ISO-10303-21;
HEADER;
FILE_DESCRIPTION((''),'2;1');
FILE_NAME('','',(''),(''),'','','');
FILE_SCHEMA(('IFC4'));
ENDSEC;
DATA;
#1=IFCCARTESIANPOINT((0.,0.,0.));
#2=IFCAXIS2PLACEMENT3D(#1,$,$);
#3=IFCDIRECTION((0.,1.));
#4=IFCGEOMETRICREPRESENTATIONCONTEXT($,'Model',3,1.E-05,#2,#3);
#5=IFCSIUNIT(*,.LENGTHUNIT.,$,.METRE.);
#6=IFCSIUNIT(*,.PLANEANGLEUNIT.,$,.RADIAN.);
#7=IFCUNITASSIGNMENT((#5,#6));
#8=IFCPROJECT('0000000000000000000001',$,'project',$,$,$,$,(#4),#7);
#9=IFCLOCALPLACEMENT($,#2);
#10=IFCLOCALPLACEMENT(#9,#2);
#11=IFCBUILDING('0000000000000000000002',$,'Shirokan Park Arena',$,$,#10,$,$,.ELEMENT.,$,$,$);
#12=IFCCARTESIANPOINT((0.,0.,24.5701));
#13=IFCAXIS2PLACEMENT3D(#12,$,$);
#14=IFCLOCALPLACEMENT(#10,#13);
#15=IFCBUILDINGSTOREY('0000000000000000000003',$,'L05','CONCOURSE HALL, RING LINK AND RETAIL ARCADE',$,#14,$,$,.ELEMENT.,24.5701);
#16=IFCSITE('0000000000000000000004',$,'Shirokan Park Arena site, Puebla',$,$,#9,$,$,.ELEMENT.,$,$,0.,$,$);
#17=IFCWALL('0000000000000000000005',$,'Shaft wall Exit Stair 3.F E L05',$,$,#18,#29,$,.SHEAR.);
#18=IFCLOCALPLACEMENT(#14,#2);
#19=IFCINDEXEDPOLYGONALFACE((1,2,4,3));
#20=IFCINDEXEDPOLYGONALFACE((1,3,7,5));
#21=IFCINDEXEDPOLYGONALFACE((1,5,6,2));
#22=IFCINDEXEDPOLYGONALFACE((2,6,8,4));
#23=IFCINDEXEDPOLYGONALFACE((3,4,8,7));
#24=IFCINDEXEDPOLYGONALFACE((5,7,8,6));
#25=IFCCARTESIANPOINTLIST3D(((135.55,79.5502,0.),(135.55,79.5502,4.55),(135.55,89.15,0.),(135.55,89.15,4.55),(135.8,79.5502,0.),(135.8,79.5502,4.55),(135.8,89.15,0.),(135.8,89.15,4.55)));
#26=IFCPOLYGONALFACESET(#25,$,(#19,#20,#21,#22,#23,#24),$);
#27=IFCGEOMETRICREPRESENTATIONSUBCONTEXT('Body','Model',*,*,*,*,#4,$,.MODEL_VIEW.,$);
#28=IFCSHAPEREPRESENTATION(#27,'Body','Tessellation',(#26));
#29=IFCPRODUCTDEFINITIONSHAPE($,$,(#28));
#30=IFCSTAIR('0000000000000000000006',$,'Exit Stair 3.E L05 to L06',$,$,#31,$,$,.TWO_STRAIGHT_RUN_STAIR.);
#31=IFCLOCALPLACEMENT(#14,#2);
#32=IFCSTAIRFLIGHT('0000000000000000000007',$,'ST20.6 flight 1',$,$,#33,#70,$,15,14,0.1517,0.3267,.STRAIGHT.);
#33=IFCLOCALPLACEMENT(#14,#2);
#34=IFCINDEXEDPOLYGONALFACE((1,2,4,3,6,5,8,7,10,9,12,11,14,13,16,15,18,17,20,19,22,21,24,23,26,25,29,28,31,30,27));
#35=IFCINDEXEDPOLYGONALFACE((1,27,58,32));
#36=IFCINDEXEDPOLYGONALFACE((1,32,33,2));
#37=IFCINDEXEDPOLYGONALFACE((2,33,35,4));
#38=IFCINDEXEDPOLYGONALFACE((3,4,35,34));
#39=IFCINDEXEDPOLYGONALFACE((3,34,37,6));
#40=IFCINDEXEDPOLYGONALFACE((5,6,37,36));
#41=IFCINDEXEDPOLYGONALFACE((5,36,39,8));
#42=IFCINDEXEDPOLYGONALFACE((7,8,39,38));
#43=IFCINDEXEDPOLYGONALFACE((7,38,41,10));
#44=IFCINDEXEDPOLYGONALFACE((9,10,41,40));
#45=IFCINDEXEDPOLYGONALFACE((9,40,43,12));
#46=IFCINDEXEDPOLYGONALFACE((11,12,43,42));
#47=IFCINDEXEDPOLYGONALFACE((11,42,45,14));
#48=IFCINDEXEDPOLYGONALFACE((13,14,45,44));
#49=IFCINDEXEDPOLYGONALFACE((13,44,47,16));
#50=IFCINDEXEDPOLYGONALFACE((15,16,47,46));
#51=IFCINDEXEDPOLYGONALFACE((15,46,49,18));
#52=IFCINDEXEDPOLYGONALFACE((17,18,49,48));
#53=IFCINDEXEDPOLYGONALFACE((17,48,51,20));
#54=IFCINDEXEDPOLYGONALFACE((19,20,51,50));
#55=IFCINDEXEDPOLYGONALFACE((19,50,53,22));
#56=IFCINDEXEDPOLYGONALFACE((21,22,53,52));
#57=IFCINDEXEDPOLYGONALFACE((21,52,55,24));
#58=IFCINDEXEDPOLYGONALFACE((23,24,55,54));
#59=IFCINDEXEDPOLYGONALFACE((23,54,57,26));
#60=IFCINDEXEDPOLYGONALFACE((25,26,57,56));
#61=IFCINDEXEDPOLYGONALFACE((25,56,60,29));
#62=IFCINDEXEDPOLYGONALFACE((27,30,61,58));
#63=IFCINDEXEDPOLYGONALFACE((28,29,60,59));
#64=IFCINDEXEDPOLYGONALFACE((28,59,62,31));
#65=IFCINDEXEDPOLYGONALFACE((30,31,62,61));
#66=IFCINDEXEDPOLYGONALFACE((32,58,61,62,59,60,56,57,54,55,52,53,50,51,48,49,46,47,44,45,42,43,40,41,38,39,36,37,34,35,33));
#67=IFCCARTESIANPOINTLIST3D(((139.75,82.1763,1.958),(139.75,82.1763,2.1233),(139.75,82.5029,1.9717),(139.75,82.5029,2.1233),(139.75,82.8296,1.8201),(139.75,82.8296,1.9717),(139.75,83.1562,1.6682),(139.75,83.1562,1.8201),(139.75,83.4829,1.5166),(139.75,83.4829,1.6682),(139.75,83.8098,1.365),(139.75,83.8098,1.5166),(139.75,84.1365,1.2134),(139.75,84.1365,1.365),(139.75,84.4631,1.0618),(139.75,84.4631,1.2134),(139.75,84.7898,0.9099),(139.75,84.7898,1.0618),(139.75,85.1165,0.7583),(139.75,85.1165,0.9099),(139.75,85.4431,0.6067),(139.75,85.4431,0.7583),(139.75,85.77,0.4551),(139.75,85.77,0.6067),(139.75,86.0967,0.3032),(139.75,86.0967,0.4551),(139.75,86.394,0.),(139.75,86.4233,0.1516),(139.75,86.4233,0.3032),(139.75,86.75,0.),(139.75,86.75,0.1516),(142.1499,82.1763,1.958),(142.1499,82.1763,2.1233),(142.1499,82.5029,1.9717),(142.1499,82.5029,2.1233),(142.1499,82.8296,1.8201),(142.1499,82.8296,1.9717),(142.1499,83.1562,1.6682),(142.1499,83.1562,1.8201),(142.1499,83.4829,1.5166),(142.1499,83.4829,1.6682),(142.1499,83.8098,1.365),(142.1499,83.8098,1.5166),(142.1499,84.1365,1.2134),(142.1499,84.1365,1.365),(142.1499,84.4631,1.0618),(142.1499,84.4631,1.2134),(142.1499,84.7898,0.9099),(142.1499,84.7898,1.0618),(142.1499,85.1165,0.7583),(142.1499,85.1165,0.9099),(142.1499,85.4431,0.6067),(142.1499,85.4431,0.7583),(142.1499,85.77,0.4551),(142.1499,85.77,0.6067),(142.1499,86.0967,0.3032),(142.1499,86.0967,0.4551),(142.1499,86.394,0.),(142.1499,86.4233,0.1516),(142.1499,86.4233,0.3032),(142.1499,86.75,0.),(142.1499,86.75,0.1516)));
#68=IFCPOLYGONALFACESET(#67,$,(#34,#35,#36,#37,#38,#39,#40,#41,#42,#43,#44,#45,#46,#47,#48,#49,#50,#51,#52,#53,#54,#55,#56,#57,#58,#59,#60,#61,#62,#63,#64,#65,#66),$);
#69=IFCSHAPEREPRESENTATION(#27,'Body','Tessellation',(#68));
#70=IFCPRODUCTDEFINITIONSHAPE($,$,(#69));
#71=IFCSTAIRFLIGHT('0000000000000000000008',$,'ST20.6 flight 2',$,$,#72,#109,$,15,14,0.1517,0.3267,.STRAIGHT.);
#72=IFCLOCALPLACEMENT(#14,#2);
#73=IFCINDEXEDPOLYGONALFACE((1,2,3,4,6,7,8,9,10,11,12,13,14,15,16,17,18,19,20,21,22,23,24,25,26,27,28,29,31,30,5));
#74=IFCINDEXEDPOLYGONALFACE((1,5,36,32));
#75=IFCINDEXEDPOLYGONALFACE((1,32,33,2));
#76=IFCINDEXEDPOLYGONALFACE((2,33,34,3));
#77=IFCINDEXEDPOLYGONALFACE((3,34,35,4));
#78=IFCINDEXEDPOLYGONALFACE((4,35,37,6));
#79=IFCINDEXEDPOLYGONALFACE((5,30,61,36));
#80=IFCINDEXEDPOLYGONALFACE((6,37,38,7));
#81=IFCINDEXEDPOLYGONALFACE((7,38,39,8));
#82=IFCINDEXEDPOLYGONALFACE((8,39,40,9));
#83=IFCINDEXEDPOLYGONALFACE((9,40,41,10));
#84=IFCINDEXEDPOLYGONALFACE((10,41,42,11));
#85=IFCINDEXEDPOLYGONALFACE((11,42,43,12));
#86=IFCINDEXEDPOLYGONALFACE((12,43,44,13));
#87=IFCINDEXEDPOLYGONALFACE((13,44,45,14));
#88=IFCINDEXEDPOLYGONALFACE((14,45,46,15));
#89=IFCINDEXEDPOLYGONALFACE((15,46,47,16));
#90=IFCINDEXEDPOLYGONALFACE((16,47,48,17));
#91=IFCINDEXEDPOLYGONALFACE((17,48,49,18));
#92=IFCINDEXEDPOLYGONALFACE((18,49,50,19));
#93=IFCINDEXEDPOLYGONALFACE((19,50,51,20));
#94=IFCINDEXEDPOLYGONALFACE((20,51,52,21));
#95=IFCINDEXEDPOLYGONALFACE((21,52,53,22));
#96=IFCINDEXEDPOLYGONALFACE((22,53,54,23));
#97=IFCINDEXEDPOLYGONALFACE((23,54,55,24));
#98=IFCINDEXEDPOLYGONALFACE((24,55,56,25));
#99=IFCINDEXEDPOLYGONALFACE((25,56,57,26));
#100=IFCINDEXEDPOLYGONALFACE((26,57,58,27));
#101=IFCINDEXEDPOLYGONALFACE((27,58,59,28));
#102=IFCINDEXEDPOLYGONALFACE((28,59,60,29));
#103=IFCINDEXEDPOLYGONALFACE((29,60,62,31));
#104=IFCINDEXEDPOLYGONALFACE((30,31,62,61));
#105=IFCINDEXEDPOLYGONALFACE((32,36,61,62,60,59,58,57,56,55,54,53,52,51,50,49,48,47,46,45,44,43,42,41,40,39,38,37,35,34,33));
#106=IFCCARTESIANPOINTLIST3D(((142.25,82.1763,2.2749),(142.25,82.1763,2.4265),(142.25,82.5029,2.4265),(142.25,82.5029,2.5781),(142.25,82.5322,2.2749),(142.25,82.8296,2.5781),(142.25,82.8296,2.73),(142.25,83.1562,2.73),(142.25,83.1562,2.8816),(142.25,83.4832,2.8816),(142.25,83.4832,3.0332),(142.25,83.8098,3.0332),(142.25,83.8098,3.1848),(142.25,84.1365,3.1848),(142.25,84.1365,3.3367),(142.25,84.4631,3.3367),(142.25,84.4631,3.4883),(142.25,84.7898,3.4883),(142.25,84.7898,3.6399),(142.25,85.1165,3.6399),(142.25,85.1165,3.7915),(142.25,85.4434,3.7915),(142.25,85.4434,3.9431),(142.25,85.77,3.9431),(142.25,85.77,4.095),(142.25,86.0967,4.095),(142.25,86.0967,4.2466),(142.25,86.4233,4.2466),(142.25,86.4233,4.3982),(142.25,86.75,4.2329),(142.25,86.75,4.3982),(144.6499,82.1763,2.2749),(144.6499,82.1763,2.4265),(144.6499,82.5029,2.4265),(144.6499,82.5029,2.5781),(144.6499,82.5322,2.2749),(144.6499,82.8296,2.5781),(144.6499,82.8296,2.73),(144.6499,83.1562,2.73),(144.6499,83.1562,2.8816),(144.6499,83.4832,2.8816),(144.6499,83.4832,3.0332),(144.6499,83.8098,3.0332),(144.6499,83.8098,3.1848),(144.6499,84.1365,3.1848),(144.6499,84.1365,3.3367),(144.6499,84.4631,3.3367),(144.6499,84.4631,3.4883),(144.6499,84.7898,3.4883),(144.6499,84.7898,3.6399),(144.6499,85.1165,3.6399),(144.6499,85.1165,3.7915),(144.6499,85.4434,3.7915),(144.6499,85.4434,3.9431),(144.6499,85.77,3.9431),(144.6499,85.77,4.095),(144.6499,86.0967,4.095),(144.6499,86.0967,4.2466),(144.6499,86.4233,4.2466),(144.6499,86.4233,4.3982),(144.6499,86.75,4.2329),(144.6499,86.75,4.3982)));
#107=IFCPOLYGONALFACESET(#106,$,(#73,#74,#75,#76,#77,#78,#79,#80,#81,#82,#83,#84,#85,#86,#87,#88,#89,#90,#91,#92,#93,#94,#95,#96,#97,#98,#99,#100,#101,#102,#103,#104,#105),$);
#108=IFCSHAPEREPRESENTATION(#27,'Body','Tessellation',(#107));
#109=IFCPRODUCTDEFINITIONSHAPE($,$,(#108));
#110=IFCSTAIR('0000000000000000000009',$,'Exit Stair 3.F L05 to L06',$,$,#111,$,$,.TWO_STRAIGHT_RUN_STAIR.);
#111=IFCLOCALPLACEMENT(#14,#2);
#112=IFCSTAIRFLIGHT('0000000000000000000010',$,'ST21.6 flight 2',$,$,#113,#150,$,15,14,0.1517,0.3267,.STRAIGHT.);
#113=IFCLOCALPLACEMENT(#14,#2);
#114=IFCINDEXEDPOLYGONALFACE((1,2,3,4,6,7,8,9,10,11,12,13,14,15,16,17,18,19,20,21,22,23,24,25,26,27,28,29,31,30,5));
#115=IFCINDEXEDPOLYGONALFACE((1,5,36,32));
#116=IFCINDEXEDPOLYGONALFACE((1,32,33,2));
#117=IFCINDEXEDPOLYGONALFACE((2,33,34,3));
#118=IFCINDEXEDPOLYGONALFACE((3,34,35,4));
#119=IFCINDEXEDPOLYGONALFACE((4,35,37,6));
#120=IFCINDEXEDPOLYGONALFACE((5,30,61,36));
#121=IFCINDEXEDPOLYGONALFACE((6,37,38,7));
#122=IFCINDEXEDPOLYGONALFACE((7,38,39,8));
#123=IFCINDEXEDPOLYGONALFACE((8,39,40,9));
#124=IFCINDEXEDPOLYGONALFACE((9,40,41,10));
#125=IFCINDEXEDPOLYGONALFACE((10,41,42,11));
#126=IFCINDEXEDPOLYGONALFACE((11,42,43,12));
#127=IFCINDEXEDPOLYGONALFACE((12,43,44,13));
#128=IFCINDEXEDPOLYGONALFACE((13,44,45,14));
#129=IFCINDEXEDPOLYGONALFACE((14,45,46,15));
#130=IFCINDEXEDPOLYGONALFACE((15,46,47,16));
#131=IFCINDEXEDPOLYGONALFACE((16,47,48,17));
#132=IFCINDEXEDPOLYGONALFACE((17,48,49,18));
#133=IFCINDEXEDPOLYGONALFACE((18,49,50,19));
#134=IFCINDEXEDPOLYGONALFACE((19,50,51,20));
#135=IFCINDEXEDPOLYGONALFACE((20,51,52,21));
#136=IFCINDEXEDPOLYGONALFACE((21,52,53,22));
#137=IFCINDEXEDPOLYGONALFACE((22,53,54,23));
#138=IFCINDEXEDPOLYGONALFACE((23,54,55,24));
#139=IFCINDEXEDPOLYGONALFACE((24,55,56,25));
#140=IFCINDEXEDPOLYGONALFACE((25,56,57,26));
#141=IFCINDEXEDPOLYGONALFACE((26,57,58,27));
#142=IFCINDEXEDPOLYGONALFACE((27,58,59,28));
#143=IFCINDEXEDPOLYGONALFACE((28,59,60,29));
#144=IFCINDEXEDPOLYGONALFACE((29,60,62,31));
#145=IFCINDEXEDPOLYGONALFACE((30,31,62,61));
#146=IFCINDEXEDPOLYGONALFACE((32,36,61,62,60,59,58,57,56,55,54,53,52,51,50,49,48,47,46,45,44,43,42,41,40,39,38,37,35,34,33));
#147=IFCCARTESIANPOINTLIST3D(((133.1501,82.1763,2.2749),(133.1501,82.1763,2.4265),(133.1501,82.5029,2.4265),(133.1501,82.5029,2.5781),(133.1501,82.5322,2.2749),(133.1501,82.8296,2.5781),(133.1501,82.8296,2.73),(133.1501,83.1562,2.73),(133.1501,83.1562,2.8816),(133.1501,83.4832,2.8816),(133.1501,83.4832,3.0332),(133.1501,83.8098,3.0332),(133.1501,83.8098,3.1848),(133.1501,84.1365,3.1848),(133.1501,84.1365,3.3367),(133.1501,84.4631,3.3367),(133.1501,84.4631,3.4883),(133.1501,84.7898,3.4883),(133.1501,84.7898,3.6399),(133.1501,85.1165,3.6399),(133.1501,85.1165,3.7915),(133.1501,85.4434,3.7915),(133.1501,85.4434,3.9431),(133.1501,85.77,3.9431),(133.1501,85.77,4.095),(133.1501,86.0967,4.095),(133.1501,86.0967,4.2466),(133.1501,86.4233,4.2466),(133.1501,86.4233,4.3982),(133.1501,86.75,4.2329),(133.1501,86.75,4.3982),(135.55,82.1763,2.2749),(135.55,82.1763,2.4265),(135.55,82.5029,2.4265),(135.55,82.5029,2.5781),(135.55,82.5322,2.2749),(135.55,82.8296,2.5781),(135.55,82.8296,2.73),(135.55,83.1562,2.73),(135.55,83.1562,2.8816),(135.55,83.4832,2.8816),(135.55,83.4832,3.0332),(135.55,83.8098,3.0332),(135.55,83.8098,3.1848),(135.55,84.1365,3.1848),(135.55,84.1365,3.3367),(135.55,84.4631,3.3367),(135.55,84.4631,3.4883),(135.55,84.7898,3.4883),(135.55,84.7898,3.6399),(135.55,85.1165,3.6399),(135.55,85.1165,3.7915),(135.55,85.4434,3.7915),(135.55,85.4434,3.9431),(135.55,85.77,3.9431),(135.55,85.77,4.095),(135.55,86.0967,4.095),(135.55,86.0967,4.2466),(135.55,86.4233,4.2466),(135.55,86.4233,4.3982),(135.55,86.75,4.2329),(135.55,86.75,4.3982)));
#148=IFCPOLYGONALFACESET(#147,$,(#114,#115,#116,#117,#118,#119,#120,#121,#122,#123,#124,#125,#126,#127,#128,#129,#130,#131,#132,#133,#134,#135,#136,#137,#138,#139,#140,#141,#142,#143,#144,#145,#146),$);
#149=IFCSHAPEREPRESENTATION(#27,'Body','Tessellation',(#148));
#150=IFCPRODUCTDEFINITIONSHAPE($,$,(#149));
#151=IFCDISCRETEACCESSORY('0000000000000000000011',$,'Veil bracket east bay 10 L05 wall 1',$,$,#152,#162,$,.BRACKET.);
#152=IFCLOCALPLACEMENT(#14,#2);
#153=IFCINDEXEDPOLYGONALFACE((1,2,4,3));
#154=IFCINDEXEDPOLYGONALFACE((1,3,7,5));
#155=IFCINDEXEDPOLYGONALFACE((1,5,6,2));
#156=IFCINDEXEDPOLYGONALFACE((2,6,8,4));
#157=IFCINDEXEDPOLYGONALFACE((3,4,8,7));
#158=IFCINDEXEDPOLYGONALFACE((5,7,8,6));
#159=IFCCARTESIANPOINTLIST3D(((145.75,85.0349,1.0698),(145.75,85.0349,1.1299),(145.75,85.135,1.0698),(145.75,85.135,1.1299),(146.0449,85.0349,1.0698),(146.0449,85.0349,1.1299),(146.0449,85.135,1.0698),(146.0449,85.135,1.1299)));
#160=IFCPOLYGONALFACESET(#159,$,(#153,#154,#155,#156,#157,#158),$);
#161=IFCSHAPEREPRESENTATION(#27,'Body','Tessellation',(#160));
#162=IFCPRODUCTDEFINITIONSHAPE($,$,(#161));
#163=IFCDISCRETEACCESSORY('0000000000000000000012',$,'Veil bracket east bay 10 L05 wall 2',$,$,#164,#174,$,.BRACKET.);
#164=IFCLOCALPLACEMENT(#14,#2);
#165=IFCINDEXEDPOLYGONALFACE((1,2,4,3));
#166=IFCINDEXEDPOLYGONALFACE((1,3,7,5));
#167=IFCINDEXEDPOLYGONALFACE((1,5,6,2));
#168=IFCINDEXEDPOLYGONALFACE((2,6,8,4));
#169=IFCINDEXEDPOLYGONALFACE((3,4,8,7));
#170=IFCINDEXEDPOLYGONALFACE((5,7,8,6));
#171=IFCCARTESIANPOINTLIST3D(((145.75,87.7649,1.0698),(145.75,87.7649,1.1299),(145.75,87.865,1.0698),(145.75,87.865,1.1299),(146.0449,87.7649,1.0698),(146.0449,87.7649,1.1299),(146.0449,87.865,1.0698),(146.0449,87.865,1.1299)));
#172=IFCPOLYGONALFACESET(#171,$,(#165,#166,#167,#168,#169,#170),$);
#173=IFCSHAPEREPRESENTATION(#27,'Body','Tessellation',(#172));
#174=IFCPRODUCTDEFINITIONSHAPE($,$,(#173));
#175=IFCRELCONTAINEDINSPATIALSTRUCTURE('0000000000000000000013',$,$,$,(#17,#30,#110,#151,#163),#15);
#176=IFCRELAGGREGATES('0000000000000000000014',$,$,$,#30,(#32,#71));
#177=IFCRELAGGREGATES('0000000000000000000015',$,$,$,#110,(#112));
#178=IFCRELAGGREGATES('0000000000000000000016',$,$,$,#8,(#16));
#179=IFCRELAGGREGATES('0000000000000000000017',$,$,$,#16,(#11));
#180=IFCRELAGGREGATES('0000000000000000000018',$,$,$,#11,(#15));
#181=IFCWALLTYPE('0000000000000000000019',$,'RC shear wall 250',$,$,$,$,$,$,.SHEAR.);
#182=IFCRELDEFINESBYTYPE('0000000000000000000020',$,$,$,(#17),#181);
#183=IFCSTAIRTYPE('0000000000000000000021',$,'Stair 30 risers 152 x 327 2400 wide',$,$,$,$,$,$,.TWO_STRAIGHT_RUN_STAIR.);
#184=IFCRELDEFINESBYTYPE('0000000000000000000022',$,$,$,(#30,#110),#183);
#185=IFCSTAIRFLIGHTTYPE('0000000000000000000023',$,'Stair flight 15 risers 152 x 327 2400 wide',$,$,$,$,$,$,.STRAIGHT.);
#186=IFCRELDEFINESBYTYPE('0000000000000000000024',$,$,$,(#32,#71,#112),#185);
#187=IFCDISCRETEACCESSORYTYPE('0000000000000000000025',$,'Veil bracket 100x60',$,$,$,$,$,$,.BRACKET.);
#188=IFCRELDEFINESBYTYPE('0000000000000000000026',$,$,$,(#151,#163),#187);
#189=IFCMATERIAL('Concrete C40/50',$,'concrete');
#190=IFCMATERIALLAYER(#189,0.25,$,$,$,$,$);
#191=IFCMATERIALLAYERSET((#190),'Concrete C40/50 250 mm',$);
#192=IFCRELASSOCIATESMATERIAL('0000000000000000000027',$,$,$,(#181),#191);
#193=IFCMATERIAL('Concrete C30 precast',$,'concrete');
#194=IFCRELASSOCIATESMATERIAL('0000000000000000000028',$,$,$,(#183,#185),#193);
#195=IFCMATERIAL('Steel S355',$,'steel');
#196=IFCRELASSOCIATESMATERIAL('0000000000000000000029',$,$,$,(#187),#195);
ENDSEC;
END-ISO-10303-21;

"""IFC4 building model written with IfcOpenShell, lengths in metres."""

from ifc_helpers import new_model, si_unit, direction, frame, frame_2d, origin, origin_2d, place, context, subcontext, project, spatial, polyline, rectangle, outline, extrude, material, layer, layer_set, type_object, element, aggregate, save


model = new_model("IFC4")

# Units and contexts
model_context = context("Model", 3, precision=1e-05, world=origin(), true_north=direction((0.0, 1.0)))
body_context = subcontext(model_context, "Body", "Model", "MODEL_VIEW")
ifc_project = project(units=[si_unit("LENGTHUNIT", "METRE"), si_unit("PLANEANGLEUNIT", "RADIAN")], contexts=[model_context])

# Site, building, storey
site_placement = place(None, origin())
site = spatial("IfcSite", under=ifc_project, at=site_placement, Name="Shirokan Park Arena site, Puebla", CompositionType="ELEMENT", RefElevation=0.0)
building_placement = place(site_placement, origin())
building = spatial("IfcBuilding", under=site, at=building_placement, Name="Shirokan Park Arena", CompositionType="ELEMENT")
storey_placement = place(building_placement, frame((0.0, 0.0, 24.5701)))
storey = spatial("IfcBuildingStorey", under=building, at=storey_placement, Name="L05", Description="CONCOURSE HALL, RING LINK AND RETAIL ARCADE", CompositionType="ELEMENT", Elevation=24.5701)

# Shared definitions
ifc_material_1 = material(Name="Concrete C40/50", Category="concrete")
ifc_layer_1 = layer(ifc_material_1, 0.25)
ifc_layer_set_1 = layer_set([ifc_layer_1], Name="Concrete C40/50 250 mm")
wall_type_1 = type_object("IfcWallType", Name="RC shear wall 250", PredefinedType="SHEAR", material=ifc_layer_set_1)

# Wall
wall_1_placement = place(storey_placement, frame((135.675, 89.1499, 0.0), z_axis=(0.0, 0.0, 1.0), x_axis=(0.0, -1.0, 0.0)))
element("IfcWall", 1, at=wall_1_placement, inside=storey, type_object=wall_type_1, Name="Shaft wall Exit Stair 3.F E L05", PredefinedType="SHEAR", context=body_context, shape_type="SweptSolid", body=[
    extrude(rectangle(XDim=9.5999, YDim=0.25, at=frame_2d((4.7998, 0.0))), origin(), (0.0, 0.0, 1.0), 4.55),
])

# Stair, stair flights
ifc_material_2 = material(Name="Concrete C30 precast", Category="concrete")
stair_type = type_object("IfcStairType", Name="Stair 30 risers 152 x 327 2400 wide", PredefinedType="TWO_STRAIGHT_RUN_STAIR", material=ifc_material_2)
stair_1_placement = place(storey_placement, origin())
stair_1 = element("IfcStair", 2, at=stair_1_placement, inside=storey, type_object=stair_type, Name="Exit Stair 3.E L05 to L06", PredefinedType="TWO_STRAIGHT_RUN_STAIR")
stair_flight_type = type_object("IfcStairFlightType", Name="Stair flight 15 risers 152 x 327 2400 wide", PredefinedType="STRAIGHT", material=ifc_material_2)
stair_flight_1_placement = place(storey_placement, frame((140.95, 86.75, 0.0), z_axis=(0.0, 0.0, 1.0), x_axis=(0.0, -1.0, 0.0)))
stair_flight_1 = element("IfcStairFlight", 3, at=stair_flight_1_placement, type_object=stair_flight_type, Name="ST20.6 flight 1", NumberOfRisers=15, NumberOfTreads=14, PredefinedType="STRAIGHT", RiserHeight=0.1517, TreadLength=0.3267, context=body_context, shape_type="SweptSolid", body=[
    extrude(outline(polyline([(0.0, 0.0), (0.0, 0.1516), (0.3267, 0.1516), (0.3267, 0.3032), (0.6533, 0.3032), (0.6533, 0.4551), (0.98, 0.4551), (0.98, 0.6067), (1.3069, 0.6067), (1.3069, 0.7583), (1.6335, 0.7583), (1.6335, 0.9099), (1.9602, 0.9099), (1.9602, 1.0618), (2.2869, 1.0618), (2.2869, 1.2134), (2.6135, 1.2134), (2.6135, 1.365), (2.9402, 1.365), (2.9402, 1.5166), (3.2671, 1.5166), (3.2671, 1.6682), (3.5938, 1.6682), (3.5938, 1.8201), (3.9204, 1.8201), (3.9204, 1.9717), (4.2471, 1.9717), (4.2471, 2.1233), (4.5737, 2.1233), (4.5737, 2.2749), (4.5737, 1.958), (0.356, 0.0), (0.0, 0.0)])), frame((0.0, 1.2, 0.0), z_axis=(0.0, -1.0, 0.0), x_axis=(1.0, 0.0, 0.0)), (0.0, 0.0, 1.0), 2.3999),
])
stair_flight_2_placement = place(storey_placement, frame((143.45, 82.1763, 2.2749), z_axis=(0.0, 0.0, 1.0), x_axis=(0.0, 1.0, 0.0)))
stair_flight_2 = element("IfcStairFlight", 4, at=stair_flight_2_placement, type_object=stair_flight_type, Name="ST20.6 flight 2", NumberOfRisers=15, NumberOfTreads=14, PredefinedType="STRAIGHT", RiserHeight=0.1517, TreadLength=0.3267, context=body_context, shape_type="SweptSolid", body=[
    extrude(outline(polyline([(0.0, 0.0), (0.0, 0.1516), (0.3267, 0.1516), (0.3267, 0.3032), (0.6533, 0.3032), (0.6533, 0.4551), (0.98, 0.4551), (0.98, 0.6067), (1.3069, 0.6067), (1.3069, 0.7583), (1.6335, 0.7583), (1.6335, 0.9099), (1.9602, 0.9099), (1.9602, 1.0618), (2.2869, 1.0618), (2.2869, 1.2134), (2.6135, 1.2134), (2.6135, 1.365), (2.9402, 1.365), (2.9402, 1.5166), (3.2671, 1.5166), (3.2671, 1.6682), (3.5938, 1.6682), (3.5938, 1.8201), (3.9204, 1.8201), (3.9204, 1.9717), (4.2471, 1.9717), (4.2471, 2.1233), (4.5737, 2.1233), (4.5737, 2.2749), (4.5737, 1.958), (0.356, 0.0), (0.0, 0.0)])), frame((0.0, 1.2, 0.0), z_axis=(0.0, -1.0, 0.0), x_axis=(1.0, 0.0, 0.0)), (0.0, 0.0, 1.0), 2.3999),
])
aggregate(stair_1, [stair_flight_1, stair_flight_2])

# Stair, stair flight
stair_2_placement = place(storey_placement, origin())
stair_2 = element("IfcStair", 5, at=stair_2_placement, inside=storey, type_object=stair_type, Name="Exit Stair 3.F L05 to L06", PredefinedType="TWO_STRAIGHT_RUN_STAIR")
stair_flight_3_placement = place(storey_placement, frame((134.3501, 82.1763, 2.2749), z_axis=(0.0, 0.0, 1.0), x_axis=(0.0, 1.0, 0.0)))
stair_flight_3 = element("IfcStairFlight", 6, at=stair_flight_3_placement, type_object=stair_flight_type, Name="ST21.6 flight 2", NumberOfRisers=15, NumberOfTreads=14, PredefinedType="STRAIGHT", RiserHeight=0.1517, TreadLength=0.3267, context=body_context, shape_type="SweptSolid", body=[
    extrude(outline(polyline([(0.0, 0.0), (0.0, 0.1516), (0.3267, 0.1516), (0.3267, 0.3032), (0.6533, 0.3032), (0.6533, 0.4551), (0.98, 0.4551), (0.98, 0.6067), (1.3069, 0.6067), (1.3069, 0.7583), (1.6335, 0.7583), (1.6335, 0.9099), (1.9602, 0.9099), (1.9602, 1.0618), (2.2869, 1.0618), (2.2869, 1.2134), (2.6135, 1.2134), (2.6135, 1.365), (2.9402, 1.365), (2.9402, 1.5166), (3.2671, 1.5166), (3.2671, 1.6682), (3.5938, 1.6682), (3.5938, 1.8201), (3.9204, 1.8201), (3.9204, 1.9717), (4.2471, 1.9717), (4.2471, 2.1233), (4.5737, 2.1233), (4.5737, 2.2749), (4.5737, 1.958), (0.356, 0.0), (0.0, 0.0)])), frame((0.0, 1.2, 0.0), z_axis=(0.0, -1.0, 0.0), x_axis=(1.0, 0.0, 0.0)), (0.0, 0.0, 1.0), 2.3999),
])
aggregate(stair_2, [stair_flight_3])

# Discrete accessories
ifc_material_3 = material(Name="Steel S355", Category="steel")
discrete_accessory_type = type_object("IfcDiscreteAccessoryType", Name="Veil bracket 100x60", PredefinedType="BRACKET", material=ifc_material_3)
for number, where, z_axis, x_axis, name in (
    (7, (145.8975, 85.085, 1.0698), (0.0, 0.0, 1.0), (0.0, 1.0, 0.0), "Veil bracket east bay 10 L05 wall 1"),
    (8, (145.8975, 87.8149, 1.0698), (0.0, 0.0, 1.0), (0.0, 1.0, 0.0), "Veil bracket east bay 10 L05 wall 2"),
):
    element("IfcDiscreteAccessory", number, at=place(storey_placement, frame(where, z_axis=z_axis, x_axis=x_axis)), inside=storey, type_object=discrete_accessory_type, Name=name, PredefinedType="BRACKET", context=body_context, shape_type="SweptSolid", body=[
        extrude(rectangle(XDim=0.1001, YDim=0.2949, at=origin_2d()), origin(), (0.0, 0.0, 1.0), 0.0601),
    ])

save(model, "model.ifc")
